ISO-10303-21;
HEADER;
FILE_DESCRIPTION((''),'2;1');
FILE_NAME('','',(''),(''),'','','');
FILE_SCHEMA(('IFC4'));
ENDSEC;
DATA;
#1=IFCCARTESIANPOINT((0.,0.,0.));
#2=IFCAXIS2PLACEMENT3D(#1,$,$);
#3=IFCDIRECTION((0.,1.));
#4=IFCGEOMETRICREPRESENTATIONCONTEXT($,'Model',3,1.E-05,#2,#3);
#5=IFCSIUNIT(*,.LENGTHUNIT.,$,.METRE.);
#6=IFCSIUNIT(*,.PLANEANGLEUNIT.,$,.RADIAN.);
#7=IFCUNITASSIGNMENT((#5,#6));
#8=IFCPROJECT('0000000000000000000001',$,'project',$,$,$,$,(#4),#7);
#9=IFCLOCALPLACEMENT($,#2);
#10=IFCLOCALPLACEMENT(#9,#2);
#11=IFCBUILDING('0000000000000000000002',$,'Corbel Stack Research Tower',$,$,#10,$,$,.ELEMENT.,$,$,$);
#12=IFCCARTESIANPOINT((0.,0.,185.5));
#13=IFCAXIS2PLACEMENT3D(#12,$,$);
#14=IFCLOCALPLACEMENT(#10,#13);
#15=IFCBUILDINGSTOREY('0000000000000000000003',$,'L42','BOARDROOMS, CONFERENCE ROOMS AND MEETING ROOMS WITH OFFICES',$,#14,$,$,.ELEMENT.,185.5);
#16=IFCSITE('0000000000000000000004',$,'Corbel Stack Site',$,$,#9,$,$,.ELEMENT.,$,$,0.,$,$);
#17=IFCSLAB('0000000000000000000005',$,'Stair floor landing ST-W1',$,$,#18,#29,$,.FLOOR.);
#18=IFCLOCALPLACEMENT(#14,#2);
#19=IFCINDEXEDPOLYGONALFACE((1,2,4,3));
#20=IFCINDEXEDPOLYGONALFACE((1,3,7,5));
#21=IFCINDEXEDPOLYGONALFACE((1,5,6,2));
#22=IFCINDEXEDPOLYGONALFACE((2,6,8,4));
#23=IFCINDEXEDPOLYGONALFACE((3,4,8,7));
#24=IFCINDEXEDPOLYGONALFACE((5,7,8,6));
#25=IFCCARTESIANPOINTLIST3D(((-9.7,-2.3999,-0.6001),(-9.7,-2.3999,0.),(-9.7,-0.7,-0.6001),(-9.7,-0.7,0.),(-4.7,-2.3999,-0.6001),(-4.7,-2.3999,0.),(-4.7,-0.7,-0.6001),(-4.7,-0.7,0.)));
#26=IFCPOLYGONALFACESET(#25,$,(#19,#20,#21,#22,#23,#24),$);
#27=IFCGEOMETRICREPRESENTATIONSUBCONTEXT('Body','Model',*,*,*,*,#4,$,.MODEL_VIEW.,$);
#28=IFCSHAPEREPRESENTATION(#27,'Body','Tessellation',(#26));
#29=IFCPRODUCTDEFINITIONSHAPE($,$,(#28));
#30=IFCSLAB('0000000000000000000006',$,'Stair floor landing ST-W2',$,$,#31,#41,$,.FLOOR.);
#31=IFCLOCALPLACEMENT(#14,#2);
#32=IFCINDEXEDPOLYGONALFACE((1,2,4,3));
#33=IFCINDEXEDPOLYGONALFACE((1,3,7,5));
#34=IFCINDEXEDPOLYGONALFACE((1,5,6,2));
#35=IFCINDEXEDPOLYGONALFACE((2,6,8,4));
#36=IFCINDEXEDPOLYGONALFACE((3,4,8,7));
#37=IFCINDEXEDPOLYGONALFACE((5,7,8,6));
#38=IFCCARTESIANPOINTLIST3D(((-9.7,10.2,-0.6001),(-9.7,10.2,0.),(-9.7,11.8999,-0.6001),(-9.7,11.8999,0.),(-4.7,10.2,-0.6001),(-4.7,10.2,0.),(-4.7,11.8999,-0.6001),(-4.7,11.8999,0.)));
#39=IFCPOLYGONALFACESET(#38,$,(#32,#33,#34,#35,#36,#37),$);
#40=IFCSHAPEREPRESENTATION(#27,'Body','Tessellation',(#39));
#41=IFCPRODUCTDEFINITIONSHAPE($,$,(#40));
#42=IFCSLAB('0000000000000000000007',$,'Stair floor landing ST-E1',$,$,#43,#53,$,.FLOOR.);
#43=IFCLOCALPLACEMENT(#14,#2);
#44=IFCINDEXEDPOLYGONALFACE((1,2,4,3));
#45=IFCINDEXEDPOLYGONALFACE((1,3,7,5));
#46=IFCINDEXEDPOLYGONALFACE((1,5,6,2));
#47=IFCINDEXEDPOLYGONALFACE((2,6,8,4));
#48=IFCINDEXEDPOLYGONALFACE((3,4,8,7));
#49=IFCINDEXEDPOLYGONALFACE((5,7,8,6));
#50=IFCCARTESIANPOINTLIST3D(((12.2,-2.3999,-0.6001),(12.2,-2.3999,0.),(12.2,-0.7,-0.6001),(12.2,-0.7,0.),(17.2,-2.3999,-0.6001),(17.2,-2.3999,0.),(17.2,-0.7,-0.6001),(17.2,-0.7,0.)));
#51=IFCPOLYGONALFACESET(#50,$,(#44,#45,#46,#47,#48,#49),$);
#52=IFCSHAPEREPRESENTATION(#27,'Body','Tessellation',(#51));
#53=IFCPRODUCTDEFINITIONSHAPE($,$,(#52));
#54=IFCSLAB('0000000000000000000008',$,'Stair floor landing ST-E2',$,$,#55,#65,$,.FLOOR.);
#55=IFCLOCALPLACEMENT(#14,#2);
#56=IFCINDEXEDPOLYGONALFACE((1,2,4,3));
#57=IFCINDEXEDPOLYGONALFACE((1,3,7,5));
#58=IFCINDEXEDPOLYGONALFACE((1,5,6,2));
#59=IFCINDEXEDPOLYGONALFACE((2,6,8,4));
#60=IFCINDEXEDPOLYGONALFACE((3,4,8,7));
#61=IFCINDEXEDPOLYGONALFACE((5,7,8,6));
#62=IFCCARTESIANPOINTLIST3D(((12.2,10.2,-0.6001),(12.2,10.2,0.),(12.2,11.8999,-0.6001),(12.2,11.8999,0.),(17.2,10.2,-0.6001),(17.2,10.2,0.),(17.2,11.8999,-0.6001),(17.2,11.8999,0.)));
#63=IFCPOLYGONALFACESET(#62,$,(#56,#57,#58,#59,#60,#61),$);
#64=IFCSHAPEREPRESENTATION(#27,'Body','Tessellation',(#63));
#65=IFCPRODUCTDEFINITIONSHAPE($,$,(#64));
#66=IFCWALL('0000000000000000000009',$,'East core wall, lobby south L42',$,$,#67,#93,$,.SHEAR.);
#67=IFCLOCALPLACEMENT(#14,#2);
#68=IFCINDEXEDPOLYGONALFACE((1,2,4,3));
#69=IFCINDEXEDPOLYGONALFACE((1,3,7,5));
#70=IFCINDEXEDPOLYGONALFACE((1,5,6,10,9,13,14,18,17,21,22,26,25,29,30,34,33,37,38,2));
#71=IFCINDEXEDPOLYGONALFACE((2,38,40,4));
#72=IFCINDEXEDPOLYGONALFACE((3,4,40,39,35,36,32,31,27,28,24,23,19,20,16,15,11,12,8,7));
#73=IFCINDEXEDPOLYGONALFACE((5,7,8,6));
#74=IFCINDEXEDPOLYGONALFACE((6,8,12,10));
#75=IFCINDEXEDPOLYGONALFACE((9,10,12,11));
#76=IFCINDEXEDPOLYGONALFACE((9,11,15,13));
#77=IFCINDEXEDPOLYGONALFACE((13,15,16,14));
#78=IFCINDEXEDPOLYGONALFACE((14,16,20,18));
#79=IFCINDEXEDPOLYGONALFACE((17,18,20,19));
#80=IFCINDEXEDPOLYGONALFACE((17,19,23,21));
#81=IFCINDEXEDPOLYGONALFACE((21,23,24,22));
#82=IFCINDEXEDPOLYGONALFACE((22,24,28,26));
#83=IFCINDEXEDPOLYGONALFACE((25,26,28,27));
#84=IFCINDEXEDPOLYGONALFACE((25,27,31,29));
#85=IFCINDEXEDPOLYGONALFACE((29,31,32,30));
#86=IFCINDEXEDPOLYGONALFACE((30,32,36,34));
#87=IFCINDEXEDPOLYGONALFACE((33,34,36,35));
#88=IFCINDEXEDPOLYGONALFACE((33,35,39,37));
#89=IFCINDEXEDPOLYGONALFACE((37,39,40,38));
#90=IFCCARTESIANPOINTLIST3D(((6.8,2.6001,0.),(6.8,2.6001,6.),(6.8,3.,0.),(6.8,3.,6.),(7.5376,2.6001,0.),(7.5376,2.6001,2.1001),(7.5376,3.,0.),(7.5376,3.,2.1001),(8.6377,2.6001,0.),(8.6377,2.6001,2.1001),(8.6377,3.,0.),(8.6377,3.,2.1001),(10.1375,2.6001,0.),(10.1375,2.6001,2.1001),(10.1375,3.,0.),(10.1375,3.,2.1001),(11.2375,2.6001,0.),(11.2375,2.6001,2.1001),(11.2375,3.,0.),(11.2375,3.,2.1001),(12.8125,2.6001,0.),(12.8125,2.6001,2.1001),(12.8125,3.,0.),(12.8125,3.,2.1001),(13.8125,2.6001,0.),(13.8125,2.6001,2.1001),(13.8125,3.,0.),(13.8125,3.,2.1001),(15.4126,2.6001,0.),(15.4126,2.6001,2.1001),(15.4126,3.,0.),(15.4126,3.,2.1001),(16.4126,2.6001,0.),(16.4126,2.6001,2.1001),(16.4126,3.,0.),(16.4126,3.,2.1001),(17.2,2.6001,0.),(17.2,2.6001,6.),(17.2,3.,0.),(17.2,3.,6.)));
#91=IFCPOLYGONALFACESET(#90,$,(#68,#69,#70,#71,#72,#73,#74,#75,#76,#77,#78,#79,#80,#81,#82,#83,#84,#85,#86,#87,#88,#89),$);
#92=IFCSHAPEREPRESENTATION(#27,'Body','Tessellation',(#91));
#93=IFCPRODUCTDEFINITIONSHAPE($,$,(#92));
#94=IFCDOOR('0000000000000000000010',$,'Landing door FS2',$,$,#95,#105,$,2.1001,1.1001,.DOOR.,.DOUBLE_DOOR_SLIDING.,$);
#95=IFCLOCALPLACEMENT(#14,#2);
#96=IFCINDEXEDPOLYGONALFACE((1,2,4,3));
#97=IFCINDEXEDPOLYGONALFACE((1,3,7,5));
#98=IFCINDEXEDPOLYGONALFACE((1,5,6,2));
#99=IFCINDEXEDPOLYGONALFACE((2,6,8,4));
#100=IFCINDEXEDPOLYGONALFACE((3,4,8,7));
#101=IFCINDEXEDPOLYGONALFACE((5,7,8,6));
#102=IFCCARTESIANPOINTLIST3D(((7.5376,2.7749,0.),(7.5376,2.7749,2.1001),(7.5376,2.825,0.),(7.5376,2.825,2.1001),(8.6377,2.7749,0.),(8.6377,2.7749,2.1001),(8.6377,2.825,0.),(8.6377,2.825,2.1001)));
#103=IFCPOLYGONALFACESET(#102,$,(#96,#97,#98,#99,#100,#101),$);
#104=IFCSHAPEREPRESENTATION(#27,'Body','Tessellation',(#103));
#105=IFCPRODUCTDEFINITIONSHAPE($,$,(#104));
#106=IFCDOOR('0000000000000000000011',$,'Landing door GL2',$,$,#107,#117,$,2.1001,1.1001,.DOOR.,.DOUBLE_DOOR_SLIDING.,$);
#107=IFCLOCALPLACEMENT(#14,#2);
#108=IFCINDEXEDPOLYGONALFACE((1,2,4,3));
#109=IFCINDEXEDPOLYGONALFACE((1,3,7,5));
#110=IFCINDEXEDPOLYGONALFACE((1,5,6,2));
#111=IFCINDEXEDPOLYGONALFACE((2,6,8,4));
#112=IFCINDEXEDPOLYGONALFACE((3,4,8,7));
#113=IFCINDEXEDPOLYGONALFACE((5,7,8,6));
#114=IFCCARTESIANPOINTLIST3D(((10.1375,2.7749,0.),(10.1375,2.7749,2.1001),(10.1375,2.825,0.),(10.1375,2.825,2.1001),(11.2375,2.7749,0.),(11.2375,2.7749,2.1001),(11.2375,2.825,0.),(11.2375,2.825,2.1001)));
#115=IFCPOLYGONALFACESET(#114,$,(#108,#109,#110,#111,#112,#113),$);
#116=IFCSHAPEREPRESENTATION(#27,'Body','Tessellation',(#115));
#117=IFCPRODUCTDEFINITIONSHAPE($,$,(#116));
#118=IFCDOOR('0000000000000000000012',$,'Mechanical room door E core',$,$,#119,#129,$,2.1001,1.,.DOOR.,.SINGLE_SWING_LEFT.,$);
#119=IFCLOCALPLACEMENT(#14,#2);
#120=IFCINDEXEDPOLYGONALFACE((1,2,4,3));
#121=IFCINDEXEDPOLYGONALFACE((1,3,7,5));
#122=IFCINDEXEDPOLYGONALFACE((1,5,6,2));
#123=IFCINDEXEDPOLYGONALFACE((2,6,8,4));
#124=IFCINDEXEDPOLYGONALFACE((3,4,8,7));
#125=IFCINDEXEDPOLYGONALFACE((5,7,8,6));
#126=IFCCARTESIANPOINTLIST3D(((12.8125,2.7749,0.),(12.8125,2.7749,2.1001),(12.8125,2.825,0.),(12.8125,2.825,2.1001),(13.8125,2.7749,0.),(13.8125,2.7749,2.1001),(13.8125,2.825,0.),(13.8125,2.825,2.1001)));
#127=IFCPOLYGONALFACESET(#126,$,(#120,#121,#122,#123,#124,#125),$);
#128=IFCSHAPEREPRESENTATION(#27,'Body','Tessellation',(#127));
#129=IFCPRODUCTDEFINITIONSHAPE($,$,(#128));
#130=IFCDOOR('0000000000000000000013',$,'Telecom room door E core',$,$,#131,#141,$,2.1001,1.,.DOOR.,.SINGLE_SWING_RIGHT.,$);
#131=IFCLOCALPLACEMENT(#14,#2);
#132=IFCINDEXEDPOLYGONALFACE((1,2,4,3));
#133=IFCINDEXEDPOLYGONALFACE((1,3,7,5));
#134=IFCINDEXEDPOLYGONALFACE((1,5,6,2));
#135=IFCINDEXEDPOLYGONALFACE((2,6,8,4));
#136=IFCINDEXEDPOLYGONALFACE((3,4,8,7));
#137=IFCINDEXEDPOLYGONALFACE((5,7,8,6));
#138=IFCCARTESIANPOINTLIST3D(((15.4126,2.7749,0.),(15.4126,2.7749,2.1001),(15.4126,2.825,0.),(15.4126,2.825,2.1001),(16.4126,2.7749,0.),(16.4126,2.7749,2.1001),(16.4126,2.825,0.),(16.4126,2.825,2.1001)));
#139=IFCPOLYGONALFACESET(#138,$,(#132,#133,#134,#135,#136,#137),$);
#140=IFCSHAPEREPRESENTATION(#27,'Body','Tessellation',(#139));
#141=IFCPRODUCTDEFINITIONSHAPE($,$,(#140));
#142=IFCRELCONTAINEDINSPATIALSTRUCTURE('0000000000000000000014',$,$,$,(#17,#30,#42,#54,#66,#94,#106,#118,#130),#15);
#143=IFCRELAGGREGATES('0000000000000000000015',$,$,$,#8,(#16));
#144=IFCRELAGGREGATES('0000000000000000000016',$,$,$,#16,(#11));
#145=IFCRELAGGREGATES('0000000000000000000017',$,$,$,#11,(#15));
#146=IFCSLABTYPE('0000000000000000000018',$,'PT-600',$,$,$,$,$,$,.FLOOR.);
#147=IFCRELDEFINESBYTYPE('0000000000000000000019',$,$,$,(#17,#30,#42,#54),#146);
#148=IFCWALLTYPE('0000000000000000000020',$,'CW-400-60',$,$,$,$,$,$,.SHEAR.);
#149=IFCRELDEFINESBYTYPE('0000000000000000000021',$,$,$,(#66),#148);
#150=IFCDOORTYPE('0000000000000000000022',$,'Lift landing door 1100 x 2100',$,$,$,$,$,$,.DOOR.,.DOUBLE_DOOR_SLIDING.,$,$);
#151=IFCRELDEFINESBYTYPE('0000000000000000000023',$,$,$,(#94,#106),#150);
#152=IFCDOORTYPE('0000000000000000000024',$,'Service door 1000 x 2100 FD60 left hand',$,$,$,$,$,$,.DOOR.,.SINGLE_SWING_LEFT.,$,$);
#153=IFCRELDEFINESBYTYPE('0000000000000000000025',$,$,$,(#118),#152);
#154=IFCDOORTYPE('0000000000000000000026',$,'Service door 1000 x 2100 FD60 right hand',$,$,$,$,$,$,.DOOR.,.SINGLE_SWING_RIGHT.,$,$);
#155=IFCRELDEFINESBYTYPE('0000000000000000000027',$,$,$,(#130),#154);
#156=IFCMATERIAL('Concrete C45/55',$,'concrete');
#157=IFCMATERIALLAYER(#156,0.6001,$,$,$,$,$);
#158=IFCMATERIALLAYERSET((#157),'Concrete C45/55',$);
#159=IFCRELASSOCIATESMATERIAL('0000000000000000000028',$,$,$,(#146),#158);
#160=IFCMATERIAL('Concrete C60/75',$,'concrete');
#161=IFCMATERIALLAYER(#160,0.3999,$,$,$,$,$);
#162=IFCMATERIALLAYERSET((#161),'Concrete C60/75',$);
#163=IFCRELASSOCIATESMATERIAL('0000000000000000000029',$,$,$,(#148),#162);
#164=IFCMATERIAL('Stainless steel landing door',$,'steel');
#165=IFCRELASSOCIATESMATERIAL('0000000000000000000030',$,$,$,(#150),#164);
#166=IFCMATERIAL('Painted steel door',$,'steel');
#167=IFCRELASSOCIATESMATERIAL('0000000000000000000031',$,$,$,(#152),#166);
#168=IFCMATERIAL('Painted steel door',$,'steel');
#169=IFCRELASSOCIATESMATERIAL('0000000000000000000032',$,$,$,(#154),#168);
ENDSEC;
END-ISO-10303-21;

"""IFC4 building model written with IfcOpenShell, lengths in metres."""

from ifc_helpers import new_model, si_unit, direction, frame, frame_2d, origin, place, context, subcontext, project, spatial, polyline, rectangle, outline, extrude, material, layer, layer_set, type_object, element, fill, save


model = new_model("IFC4")

# Units and contexts
model_context = context("Model", 3, precision=1e-05, world=origin(), true_north=direction((0.0, 1.0)))
body_context = subcontext(model_context, "Body", "Model", "MODEL_VIEW")
ifc_project = project(units=[si_unit("LENGTHUNIT", "METRE"), si_unit("PLANEANGLEUNIT", "RADIAN")], contexts=[model_context])

# Site, building, storey
site_placement = place(None, origin())
site = spatial("IfcSite", under=ifc_project, at=site_placement, Name="Corbel Stack Site", CompositionType="ELEMENT", RefElevation=0.0)
building_placement = place(site_placement, origin())
building = spatial("IfcBuilding", under=site, at=building_placement, Name="Corbel Stack Research Tower", CompositionType="ELEMENT")
storey_placement = place(building_placement, frame((0.0, 0.0, 185.5)))
storey = spatial("IfcBuildingStorey", under=building, at=storey_placement, Name="L42", Description="BOARDROOMS, CONFERENCE ROOMS AND MEETING ROOMS WITH OFFICES", CompositionType="ELEMENT", Elevation=185.5)

# Slabs
ifc_material_1 = material(Name="Concrete C45/55", Category="concrete")
ifc_layer_1 = layer(ifc_material_1, 0.6001)
ifc_layer_set_1 = layer_set([ifc_layer_1], Name="Concrete C45/55")
slab_type = type_object("IfcSlabType", Name="PT-600", PredefinedType="FLOOR", material=ifc_layer_set_1)
slab_1_placement = place(storey_placement, frame((0.0, 0.0, -0.6001)))
element("IfcSlab", 1, at=slab_1_placement, inside=storey, type_object=slab_type, Name="Stair floor landing ST-W1", PredefinedType="FLOOR", context=body_context, shape_type="SweptSolid", body=[
    extrude(outline(polyline([(-9.7, -2.3999), (-4.7, -2.3999), (-4.7, -0.7), (-9.7, -0.7), (-9.7, -2.3999)])), origin(), (0.0, 0.0, 1.0), 0.6001),
])
slab_2_placement = place(storey_placement, frame((0.0, 0.0, -0.6001)))
element("IfcSlab", 2, at=slab_2_placement, inside=storey, type_object=slab_type, Name="Stair floor landing ST-W2", PredefinedType="FLOOR", context=body_context, shape_type="SweptSolid", body=[
    extrude(outline(polyline([(-9.7, 10.2), (-4.7, 10.2), (-4.7, 11.8999), (-9.7, 11.8999), (-9.7, 10.2)])), origin(), (0.0, 0.0, 1.0), 0.6001),
])
slab_3_placement = place(storey_placement, frame((0.0, 0.0, -0.6001)))
element("IfcSlab", 3, at=slab_3_placement, inside=storey, type_object=slab_type, Name="Stair floor landing ST-E1", PredefinedType="FLOOR", context=body_context, shape_type="SweptSolid", body=[
    extrude(outline(polyline([(12.2, -2.3999), (17.2, -2.3999), (17.2, -0.7), (12.2, -0.7), (12.2, -2.3999)])), origin(), (0.0, 0.0, 1.0), 0.6001),
])
slab_4_placement = place(storey_placement, frame((0.0, 0.0, -0.6001)))
element("IfcSlab", 4, at=slab_4_placement, inside=storey, type_object=slab_type, Name="Stair floor landing ST-E2", PredefinedType="FLOOR", context=body_context, shape_type="SweptSolid", body=[
    extrude(outline(polyline([(12.2, 10.2), (17.2, 10.2), (17.2, 11.8999), (12.2, 11.8999), (12.2, 10.2)])), origin(), (0.0, 0.0, 1.0), 0.6001),
])

# Wall, openings, doors
ifc_material_2 = material(Name="Concrete C60/75", Category="concrete")
ifc_layer_2 = layer(ifc_material_2, 0.3999)
ifc_layer_set_2 = layer_set([ifc_layer_2], Name="Concrete C60/75")
wall_type_1 = type_object("IfcWallType", Name="CW-400-60", PredefinedType="SHEAR", material=ifc_layer_set_2)
wall_1_placement = place(storey_placement, frame((6.8, 2.8, 0.0), z_axis=(0.0, 0.0, 1.0), x_axis=(1.0, 0.0, 0.0)))
wall_1 = element("IfcWall", 5, at=wall_1_placement, inside=storey, type_object=wall_type_1, Name="East core wall, lobby south L42", PredefinedType="SHEAR", context=body_context, shape_type="SweptSolid", body=[
    extrude(rectangle(XDim=10.3999, YDim=0.3999, at=frame_2d((5.2, 0.0))), origin(), (0.0, 0.0, 1.0), 6.0),
])
opening_1_placement = place(wall_1_placement, frame((0.7375, 0.0, 0.0)))
opening_1 = element("IfcOpeningElement", 6, at=opening_1_placement, cuts=wall_1, PredefinedType="OPENING", context=body_context, shape_type="SweptSolid", body=[
    extrude(rectangle(XDim=1.1001, YDim=2.1001, at=frame_2d((0.55, 1.05))), frame((0.0, 0.21, 0.0), z_axis=(0.0, -1.0, 0.0), x_axis=(1.0, 0.0, 0.0)), (0.0, 0.0, 1.0), 0.4199),
])
opening_2_placement = place(wall_1_placement, frame((3.3374, 0.0, 0.0)))
opening_2 = element("IfcOpeningElement", 7, at=opening_2_placement, cuts=wall_1, PredefinedType="OPENING", context=body_context, shape_type="SweptSolid", body=[
    extrude(rectangle(XDim=1.1001, YDim=2.1001, at=frame_2d((0.55, 1.05))), frame((0.0, 0.21, 0.0), z_axis=(0.0, -1.0, 0.0), x_axis=(1.0, 0.0, 0.0)), (0.0, 0.0, 1.0), 0.4199),
])
opening_3_placement = place(wall_1_placement, frame((6.0125, 0.0, 0.0)))
opening_3 = element("IfcOpeningElement", 8, at=opening_3_placement, cuts=wall_1, PredefinedType="OPENING", context=body_context, shape_type="SweptSolid", body=[
    extrude(rectangle(XDim=1.0, YDim=2.1001, at=frame_2d((0.5, 1.05))), frame((0.0, 0.21, 0.0), z_axis=(0.0, -1.0, 0.0), x_axis=(1.0, 0.0, 0.0)), (0.0, 0.0, 1.0), 0.4199),
])
opening_4_placement = place(wall_1_placement, frame((8.6125, 0.0, 0.0)))
opening_4 = element("IfcOpeningElement", 9, at=opening_4_placement, cuts=wall_1, PredefinedType="OPENING", context=body_context, shape_type="SweptSolid", body=[
    extrude(rectangle(XDim=1.0, YDim=2.1001, at=frame_2d((0.5, 1.05))), frame((0.0, 0.21, 0.0), z_axis=(0.0, -1.0, 0.0), x_axis=(1.0, 0.0, 0.0)), (0.0, 0.0, 1.0), 0.4199),
])
ifc_material_3 = material(Name="Stainless steel landing door", Category="steel")
door_type_1 = type_object("IfcDoorType", Name="Lift landing door 1100 x 2100", OperationType="DOUBLE_DOOR_SLIDING", PredefinedType="DOOR", material=ifc_material_3)
door_1_placement = place(opening_1_placement, origin())
door_1 = element("IfcDoor", 10, at=door_1_placement, inside=storey, type_object=door_type_1, Name="Landing door FS2", OperationType="DOUBLE_DOOR_SLIDING", OverallHeight=2.1001, OverallWidth=1.1001, PredefinedType="DOOR", context=body_context, shape_type="SweptSolid", body=[
    extrude(rectangle(XDim=1.1001, YDim=2.1001, at=frame_2d((0.55, 1.05))), frame((0.0, 0.0249, 0.0), z_axis=(0.0, -1.0, 0.0), x_axis=(1.0, 0.0, 0.0)), (0.0, 0.0, 1.0), 0.05),
])
fill(opening_1, door_1)
door_2_placement = place(opening_2_placement, origin())
door_2 = element("IfcDoor", 11, at=door_2_placement, inside=storey, type_object=door_type_1, Name="Landing door GL2", OperationType="DOUBLE_DOOR_SLIDING", OverallHeight=2.1001, OverallWidth=1.1001, PredefinedType="DOOR", context=body_context, shape_type="SweptSolid", body=[
    extrude(rectangle(XDim=1.1001, YDim=2.1001, at=frame_2d((0.55, 1.05))), frame((0.0, 0.0249, 0.0), z_axis=(0.0, -1.0, 0.0), x_axis=(1.0, 0.0, 0.0)), (0.0, 0.0, 1.0), 0.05),
])
fill(opening_2, door_2)
ifc_material_4 = material(Name="Painted steel door", Category="steel")
door_type_2 = type_object("IfcDoorType", Name="Service door 1000 x 2100 FD60 left hand", OperationType="SINGLE_SWING_LEFT", PredefinedType="DOOR", material=ifc_material_4)
door_3_placement = place(opening_3_placement, origin())
door_3 = element("IfcDoor", 12, at=door_3_placement, inside=storey, type_object=door_type_2, Name="Mechanical room door E core", OperationType="SINGLE_SWING_LEFT", OverallHeight=2.1001, OverallWidth=1.0, PredefinedType="DOOR", context=body_context, shape_type="SweptSolid", body=[
    extrude(rectangle(XDim=1.0, YDim=2.1001, at=frame_2d((0.5, 1.05))), frame((0.0, 0.0249, 0.0), z_axis=(0.0, -1.0, 0.0), x_axis=(1.0, 0.0, 0.0)), (0.0, 0.0, 1.0), 0.05),
])
fill(opening_3, door_3)
ifc_material_5 = material(Name="Painted steel door", Category="steel")
door_type_3 = type_object("IfcDoorType", Name="Service door 1000 x 2100 FD60 right hand", OperationType="SINGLE_SWING_RIGHT", PredefinedType="DOOR", material=ifc_material_5)
door_4_placement = place(opening_4_placement, origin())
door_4 = element("IfcDoor", 13, at=door_4_placement, inside=storey, type_object=door_type_3, Name="Telecom room door E core", OperationType="SINGLE_SWING_RIGHT", OverallHeight=2.1001, OverallWidth=1.0, PredefinedType="DOOR", context=body_context, shape_type="SweptSolid", body=[
    extrude(rectangle(XDim=1.0, YDim=2.1001, at=frame_2d((0.5, 1.05))), frame((0.0, 0.0249, 0.0), z_axis=(0.0, -1.0, 0.0), x_axis=(1.0, 0.0, 0.0)), (0.0, 0.0, 1.0), 0.05),
])
fill(opening_4, door_4)

save(model, "model.ifc")
